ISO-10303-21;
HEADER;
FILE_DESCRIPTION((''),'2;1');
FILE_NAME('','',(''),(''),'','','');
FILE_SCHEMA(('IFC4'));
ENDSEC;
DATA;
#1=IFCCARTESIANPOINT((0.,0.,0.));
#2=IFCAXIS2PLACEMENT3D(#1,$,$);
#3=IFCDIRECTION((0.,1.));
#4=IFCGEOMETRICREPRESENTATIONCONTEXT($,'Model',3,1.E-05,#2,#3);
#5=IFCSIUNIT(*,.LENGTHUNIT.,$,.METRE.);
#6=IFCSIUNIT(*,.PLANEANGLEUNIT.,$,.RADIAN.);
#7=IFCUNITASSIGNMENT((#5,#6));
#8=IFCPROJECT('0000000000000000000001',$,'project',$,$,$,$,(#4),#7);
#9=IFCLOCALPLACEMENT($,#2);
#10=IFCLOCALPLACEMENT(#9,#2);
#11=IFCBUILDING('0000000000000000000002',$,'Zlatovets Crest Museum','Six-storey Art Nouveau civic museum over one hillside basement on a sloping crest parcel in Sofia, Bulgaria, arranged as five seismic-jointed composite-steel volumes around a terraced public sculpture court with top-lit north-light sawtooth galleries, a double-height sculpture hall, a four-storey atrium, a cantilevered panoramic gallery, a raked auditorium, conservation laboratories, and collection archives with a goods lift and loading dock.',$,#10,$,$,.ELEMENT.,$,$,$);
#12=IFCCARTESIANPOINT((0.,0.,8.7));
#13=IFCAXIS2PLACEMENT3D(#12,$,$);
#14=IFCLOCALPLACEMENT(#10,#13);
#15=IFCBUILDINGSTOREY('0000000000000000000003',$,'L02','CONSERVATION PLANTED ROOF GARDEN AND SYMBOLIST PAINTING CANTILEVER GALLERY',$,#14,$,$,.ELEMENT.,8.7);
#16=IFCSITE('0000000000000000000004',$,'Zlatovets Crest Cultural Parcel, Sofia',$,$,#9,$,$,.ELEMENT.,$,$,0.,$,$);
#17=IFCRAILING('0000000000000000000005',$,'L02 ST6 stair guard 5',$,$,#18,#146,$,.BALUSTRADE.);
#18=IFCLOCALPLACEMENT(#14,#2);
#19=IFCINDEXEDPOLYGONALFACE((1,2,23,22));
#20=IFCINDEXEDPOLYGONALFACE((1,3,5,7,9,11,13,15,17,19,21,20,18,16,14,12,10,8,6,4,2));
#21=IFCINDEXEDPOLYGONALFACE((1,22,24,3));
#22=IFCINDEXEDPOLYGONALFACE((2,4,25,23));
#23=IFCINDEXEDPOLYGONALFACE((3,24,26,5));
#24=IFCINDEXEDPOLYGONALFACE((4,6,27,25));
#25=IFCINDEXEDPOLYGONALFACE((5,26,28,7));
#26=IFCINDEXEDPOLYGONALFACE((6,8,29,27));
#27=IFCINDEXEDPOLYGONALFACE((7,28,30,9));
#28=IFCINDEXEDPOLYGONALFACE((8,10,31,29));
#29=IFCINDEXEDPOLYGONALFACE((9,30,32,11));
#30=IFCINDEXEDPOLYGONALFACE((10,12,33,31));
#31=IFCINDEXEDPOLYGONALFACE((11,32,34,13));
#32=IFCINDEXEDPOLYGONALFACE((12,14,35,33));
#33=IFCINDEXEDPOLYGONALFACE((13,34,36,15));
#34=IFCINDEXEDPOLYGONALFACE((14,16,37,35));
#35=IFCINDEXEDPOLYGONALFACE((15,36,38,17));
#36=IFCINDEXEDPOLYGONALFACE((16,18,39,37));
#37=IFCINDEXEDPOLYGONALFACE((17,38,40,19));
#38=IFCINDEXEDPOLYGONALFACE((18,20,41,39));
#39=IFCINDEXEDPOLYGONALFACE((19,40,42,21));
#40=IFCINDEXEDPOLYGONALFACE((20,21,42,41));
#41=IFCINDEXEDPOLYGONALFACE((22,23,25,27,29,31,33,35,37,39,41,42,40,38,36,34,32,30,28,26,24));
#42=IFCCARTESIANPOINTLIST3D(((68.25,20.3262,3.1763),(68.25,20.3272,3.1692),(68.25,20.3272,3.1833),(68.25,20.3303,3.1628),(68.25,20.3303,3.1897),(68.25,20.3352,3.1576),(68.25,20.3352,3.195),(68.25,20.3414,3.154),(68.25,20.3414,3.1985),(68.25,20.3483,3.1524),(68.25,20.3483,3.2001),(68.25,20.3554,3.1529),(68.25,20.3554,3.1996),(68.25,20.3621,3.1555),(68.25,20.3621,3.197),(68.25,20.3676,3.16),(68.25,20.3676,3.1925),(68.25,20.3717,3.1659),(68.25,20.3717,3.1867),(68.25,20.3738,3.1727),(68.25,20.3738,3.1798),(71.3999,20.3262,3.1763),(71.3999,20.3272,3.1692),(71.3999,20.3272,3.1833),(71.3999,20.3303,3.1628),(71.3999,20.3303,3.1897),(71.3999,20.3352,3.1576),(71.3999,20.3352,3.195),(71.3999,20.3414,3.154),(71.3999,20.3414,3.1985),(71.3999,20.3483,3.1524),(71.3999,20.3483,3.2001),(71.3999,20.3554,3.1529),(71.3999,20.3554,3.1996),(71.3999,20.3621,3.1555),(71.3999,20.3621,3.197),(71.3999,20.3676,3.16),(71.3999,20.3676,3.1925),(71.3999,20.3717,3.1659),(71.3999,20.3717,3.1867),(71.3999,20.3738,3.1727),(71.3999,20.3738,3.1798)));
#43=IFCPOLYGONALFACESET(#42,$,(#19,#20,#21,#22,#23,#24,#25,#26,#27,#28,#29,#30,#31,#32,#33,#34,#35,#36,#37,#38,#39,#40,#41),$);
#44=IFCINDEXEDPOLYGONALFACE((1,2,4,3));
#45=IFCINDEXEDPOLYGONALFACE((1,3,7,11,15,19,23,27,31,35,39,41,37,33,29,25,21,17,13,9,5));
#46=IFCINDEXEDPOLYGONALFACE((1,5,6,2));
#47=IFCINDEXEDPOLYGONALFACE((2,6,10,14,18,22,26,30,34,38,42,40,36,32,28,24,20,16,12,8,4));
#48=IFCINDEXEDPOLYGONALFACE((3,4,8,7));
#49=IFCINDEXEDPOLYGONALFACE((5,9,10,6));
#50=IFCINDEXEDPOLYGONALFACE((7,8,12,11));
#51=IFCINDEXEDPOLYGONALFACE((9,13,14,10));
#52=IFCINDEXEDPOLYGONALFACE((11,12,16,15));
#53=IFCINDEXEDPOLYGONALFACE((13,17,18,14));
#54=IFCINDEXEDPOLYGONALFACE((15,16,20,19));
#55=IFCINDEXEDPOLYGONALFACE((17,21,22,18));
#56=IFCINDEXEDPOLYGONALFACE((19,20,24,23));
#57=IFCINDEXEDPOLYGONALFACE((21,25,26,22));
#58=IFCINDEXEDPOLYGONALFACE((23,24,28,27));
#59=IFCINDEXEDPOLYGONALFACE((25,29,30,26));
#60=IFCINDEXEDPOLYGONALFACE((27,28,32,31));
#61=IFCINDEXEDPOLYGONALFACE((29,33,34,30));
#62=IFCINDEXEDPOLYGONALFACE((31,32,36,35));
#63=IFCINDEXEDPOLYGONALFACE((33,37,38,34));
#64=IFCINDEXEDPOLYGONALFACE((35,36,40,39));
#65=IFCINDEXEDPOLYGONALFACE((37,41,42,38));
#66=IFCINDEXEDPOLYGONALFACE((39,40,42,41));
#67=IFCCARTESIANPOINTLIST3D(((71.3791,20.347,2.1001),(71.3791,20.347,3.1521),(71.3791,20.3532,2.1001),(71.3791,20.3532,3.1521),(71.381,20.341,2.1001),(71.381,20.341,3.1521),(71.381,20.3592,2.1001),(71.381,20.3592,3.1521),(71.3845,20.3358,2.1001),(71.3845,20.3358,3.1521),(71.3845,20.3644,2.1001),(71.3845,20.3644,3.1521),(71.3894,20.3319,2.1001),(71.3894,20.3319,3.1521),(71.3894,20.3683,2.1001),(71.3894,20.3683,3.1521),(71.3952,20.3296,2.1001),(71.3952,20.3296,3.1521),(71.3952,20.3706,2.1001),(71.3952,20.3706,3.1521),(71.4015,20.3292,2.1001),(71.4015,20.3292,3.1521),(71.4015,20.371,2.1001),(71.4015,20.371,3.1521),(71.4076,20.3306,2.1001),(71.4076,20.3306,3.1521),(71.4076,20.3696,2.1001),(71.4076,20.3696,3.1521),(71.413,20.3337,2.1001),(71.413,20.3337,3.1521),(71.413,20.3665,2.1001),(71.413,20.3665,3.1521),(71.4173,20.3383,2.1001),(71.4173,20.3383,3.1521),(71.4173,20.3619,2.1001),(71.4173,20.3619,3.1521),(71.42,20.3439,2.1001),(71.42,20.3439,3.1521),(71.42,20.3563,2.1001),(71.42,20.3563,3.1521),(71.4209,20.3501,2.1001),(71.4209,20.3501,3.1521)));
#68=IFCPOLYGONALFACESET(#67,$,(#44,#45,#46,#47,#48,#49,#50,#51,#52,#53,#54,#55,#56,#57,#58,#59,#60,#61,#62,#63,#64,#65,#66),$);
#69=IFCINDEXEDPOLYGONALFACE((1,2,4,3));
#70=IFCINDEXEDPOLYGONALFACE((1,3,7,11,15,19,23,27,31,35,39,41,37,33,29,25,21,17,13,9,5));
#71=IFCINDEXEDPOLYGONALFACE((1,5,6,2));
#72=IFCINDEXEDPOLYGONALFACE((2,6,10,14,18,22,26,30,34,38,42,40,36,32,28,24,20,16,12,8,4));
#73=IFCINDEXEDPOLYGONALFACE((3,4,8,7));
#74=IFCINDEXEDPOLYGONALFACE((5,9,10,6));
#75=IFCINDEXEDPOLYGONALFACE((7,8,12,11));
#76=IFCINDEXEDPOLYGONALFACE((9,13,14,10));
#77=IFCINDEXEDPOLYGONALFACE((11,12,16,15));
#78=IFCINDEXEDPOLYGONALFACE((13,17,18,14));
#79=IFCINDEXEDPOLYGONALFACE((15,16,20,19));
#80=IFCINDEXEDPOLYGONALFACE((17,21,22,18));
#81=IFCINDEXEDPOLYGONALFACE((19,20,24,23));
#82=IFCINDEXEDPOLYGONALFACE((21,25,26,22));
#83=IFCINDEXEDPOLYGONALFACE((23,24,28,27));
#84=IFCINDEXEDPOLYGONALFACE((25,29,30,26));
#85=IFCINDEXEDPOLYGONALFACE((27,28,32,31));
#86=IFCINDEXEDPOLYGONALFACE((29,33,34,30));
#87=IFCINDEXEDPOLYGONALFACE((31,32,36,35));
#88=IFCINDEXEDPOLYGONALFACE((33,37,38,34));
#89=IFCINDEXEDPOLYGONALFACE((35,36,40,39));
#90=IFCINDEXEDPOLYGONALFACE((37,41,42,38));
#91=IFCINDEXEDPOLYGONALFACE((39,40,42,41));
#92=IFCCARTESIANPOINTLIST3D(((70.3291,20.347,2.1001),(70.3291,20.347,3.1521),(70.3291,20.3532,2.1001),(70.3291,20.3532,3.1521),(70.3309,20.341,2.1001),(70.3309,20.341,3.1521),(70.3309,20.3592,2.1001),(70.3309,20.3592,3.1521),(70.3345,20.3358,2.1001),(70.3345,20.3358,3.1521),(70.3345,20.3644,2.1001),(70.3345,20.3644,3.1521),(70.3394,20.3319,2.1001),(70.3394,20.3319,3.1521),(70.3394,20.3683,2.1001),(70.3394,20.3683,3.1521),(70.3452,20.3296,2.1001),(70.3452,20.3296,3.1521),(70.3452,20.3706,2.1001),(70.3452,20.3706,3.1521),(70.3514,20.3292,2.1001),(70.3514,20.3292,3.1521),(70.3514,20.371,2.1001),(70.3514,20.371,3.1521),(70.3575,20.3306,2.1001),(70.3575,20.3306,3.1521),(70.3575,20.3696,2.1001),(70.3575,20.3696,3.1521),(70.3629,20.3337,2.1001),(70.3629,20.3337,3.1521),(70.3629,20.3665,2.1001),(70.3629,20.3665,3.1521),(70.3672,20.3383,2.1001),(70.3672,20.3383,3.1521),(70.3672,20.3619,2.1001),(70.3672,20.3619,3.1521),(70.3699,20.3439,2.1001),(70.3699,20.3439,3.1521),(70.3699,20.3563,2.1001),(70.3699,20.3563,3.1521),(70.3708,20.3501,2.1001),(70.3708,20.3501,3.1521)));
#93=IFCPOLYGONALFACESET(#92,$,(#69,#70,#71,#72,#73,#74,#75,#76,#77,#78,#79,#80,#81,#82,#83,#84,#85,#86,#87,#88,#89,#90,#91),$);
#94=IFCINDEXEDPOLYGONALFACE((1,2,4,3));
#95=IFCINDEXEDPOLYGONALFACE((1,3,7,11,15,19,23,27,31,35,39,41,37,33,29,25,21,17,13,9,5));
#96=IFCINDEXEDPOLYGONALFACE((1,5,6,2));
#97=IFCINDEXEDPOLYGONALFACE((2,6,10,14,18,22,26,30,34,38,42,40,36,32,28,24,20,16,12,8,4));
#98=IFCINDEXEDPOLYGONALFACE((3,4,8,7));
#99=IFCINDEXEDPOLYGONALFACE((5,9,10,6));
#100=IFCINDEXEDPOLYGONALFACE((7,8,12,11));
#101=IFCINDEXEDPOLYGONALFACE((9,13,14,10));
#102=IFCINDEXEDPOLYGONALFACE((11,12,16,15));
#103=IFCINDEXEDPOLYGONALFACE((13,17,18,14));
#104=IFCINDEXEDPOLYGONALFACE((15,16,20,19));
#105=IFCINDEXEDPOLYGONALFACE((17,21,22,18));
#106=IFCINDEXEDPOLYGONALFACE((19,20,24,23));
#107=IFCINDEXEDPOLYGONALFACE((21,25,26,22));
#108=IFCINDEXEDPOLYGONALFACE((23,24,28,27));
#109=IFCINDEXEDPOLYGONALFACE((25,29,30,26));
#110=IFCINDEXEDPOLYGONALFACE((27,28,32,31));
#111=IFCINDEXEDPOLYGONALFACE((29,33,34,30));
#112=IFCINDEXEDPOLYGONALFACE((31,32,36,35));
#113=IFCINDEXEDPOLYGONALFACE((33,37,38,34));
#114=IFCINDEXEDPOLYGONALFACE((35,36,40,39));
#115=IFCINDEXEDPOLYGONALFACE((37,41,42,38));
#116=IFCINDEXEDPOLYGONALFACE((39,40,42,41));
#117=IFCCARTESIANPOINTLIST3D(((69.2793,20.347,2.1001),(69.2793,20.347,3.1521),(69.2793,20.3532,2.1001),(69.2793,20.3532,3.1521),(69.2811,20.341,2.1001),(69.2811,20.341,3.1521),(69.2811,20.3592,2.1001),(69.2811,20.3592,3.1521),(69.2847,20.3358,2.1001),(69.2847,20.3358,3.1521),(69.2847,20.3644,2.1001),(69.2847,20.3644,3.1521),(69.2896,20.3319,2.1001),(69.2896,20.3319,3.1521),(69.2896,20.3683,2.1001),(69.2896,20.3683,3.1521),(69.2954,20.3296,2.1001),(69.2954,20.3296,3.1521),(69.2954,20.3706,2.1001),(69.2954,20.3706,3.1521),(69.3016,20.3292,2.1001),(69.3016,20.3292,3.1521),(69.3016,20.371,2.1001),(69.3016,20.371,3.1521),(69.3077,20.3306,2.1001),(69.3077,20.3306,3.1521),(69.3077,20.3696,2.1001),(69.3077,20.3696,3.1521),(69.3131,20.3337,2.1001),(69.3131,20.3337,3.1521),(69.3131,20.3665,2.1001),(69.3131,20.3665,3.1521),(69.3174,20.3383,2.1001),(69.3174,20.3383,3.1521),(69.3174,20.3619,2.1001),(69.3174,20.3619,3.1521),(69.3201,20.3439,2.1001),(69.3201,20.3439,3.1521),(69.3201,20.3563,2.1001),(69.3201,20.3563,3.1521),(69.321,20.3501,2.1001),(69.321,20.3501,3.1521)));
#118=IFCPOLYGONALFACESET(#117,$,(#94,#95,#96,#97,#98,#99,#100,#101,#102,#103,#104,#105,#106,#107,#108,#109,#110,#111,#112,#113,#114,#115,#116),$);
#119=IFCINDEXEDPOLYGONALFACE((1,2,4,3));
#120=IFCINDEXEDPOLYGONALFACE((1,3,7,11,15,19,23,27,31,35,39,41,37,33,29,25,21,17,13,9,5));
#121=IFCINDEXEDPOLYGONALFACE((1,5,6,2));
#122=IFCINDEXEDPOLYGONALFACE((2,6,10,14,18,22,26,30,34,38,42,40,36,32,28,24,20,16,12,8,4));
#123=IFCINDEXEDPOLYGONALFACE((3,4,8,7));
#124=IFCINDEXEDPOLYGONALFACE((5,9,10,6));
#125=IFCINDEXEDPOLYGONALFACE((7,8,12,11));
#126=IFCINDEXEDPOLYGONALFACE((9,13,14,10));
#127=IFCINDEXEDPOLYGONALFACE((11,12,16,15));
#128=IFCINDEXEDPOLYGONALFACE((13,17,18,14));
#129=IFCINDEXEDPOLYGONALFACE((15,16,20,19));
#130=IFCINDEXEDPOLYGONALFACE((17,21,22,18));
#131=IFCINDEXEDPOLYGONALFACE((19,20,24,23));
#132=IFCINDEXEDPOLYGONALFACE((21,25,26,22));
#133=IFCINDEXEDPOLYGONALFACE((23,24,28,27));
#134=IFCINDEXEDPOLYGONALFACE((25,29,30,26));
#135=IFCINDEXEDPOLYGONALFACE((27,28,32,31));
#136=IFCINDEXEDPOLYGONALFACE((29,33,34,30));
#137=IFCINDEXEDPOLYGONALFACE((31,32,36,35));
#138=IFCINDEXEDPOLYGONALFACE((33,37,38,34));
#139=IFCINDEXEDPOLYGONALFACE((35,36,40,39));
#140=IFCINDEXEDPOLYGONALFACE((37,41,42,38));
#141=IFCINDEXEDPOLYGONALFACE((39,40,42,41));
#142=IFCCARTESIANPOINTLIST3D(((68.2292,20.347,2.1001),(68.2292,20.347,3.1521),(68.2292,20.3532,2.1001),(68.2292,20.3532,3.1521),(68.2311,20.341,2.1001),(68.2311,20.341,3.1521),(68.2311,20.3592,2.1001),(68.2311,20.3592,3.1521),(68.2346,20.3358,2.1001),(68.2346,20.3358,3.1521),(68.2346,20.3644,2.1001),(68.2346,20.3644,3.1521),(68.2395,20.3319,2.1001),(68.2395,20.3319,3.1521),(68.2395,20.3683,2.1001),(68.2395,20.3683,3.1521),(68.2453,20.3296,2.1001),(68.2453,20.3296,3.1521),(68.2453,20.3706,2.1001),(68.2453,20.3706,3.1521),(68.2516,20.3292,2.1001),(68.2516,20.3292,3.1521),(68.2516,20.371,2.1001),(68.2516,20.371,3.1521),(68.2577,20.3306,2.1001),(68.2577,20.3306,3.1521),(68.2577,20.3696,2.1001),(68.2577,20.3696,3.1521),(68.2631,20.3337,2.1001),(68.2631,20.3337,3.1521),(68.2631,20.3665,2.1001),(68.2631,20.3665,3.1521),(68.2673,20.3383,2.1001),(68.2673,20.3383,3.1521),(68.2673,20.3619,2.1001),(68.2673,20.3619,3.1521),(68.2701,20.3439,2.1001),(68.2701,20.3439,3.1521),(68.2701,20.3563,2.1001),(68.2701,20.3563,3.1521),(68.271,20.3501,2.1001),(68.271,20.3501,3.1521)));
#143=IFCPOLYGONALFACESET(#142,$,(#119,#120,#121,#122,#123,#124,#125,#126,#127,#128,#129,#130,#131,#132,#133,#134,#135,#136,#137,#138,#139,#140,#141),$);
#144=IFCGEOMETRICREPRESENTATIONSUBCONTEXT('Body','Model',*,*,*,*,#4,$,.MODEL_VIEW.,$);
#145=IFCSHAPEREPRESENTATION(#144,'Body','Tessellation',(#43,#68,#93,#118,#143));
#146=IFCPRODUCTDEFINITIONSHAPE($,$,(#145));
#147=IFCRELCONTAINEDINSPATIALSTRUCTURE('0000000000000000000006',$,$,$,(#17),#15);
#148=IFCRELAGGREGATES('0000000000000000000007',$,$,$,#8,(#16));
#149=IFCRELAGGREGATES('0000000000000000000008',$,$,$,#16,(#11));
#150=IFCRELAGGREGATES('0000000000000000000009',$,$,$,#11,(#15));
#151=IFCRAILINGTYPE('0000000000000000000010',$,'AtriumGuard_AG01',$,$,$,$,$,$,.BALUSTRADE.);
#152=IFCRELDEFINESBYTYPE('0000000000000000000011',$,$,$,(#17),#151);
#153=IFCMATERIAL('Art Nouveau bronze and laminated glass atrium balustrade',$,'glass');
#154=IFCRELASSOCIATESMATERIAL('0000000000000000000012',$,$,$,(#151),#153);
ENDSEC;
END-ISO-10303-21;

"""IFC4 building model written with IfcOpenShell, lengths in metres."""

from ifc_helpers import new_model, si_unit, direction, frame, origin, origin_2d, place, context, subcontext, project, spatial, circle, extrude, material, type_object, element, save


model = new_model("IFC4")

# Units and contexts
model_context = context("Model", 3, precision=1e-05, world=origin(), true_north=direction((0.0, 1.0)))
body_context = subcontext(model_context, "Body", "Model", "MODEL_VIEW")
ifc_project = project(units=[si_unit("LENGTHUNIT", "METRE"), si_unit("PLANEANGLEUNIT", "RADIAN")], contexts=[model_context])

# Site, building, storey
site_placement = place(None, origin())
site = spatial("IfcSite", under=ifc_project, at=site_placement, Name="Zlatovets Crest Cultural Parcel, Sofia", CompositionType="ELEMENT", RefElevation=0.0)
building_placement = place(site_placement, origin())
building = spatial("IfcBuilding", under=site, at=building_placement, Name="Zlatovets Crest Museum", Description="Six-storey Art Nouveau civic museum over one hillside basement on a sloping crest parcel in Sofia, Bulgaria, arranged as five seismic-jointed composite-steel volumes around a terraced public sculpture court with top-lit north-light sawtooth galleries, a double-height sculpture hall, a four-storey atrium, a cantilevered panoramic gallery, a raked auditorium, conservation laboratories, and collection archives with a goods lift and loading dock.", CompositionType="ELEMENT")
storey_placement = place(building_placement, frame((0.0, 0.0, 8.7)))
storey = spatial("IfcBuildingStorey", under=building, at=storey_placement, Name="L02", Description="CONSERVATION PLANTED ROOF GARDEN AND SYMBOLIST PAINTING CANTILEVER GALLERY", CompositionType="ELEMENT", Elevation=8.7)

# Railing
ifc_material_1 = material(Name="Art Nouveau bronze and laminated glass atrium balustrade", Category="glass")
railing_type = type_object("IfcRailingType", Name="AtriumGuard_AG01", PredefinedType="BALUSTRADE", material=ifc_material_1)
railing_1_placement = place(storey_placement, frame((71.3999, 20.3501, 2.1001)))
element("IfcRailing", 1, at=railing_1_placement, inside=storey, type_object=railing_type, Name="L02 ST6 stair guard 5", PredefinedType="BALUSTRADE", context=body_context, shape_type="SweptSolid", body=[
    extrude(circle(Radius=0.0239, at=origin_2d()), frame((0.0, 0.0, 1.0762), z_axis=(-1.0, 0.0, 0.0), x_axis=(0.0, -1.0, 0.0)), (0.0, 0.0, 1.0), 3.1499),
    extrude(circle(Radius=0.021, at=origin_2d()), origin(), (0.0, 0.0, 1.0), 1.052),
    extrude(circle(Radius=0.021, at=origin_2d()), frame((-1.05, 0.0, 0.0)), (0.0, 0.0, 1.0), 1.052),
    extrude(circle(Radius=0.021, at=origin_2d()), frame((-2.0999, 0.0, 0.0)), (0.0, 0.0, 1.0), 1.052),
    extrude(circle(Radius=0.021, at=origin_2d()), frame((-3.1499, 0.0, 0.0)), (0.0, 0.0, 1.0), 1.052),
])

save(model, "model.ifc")
